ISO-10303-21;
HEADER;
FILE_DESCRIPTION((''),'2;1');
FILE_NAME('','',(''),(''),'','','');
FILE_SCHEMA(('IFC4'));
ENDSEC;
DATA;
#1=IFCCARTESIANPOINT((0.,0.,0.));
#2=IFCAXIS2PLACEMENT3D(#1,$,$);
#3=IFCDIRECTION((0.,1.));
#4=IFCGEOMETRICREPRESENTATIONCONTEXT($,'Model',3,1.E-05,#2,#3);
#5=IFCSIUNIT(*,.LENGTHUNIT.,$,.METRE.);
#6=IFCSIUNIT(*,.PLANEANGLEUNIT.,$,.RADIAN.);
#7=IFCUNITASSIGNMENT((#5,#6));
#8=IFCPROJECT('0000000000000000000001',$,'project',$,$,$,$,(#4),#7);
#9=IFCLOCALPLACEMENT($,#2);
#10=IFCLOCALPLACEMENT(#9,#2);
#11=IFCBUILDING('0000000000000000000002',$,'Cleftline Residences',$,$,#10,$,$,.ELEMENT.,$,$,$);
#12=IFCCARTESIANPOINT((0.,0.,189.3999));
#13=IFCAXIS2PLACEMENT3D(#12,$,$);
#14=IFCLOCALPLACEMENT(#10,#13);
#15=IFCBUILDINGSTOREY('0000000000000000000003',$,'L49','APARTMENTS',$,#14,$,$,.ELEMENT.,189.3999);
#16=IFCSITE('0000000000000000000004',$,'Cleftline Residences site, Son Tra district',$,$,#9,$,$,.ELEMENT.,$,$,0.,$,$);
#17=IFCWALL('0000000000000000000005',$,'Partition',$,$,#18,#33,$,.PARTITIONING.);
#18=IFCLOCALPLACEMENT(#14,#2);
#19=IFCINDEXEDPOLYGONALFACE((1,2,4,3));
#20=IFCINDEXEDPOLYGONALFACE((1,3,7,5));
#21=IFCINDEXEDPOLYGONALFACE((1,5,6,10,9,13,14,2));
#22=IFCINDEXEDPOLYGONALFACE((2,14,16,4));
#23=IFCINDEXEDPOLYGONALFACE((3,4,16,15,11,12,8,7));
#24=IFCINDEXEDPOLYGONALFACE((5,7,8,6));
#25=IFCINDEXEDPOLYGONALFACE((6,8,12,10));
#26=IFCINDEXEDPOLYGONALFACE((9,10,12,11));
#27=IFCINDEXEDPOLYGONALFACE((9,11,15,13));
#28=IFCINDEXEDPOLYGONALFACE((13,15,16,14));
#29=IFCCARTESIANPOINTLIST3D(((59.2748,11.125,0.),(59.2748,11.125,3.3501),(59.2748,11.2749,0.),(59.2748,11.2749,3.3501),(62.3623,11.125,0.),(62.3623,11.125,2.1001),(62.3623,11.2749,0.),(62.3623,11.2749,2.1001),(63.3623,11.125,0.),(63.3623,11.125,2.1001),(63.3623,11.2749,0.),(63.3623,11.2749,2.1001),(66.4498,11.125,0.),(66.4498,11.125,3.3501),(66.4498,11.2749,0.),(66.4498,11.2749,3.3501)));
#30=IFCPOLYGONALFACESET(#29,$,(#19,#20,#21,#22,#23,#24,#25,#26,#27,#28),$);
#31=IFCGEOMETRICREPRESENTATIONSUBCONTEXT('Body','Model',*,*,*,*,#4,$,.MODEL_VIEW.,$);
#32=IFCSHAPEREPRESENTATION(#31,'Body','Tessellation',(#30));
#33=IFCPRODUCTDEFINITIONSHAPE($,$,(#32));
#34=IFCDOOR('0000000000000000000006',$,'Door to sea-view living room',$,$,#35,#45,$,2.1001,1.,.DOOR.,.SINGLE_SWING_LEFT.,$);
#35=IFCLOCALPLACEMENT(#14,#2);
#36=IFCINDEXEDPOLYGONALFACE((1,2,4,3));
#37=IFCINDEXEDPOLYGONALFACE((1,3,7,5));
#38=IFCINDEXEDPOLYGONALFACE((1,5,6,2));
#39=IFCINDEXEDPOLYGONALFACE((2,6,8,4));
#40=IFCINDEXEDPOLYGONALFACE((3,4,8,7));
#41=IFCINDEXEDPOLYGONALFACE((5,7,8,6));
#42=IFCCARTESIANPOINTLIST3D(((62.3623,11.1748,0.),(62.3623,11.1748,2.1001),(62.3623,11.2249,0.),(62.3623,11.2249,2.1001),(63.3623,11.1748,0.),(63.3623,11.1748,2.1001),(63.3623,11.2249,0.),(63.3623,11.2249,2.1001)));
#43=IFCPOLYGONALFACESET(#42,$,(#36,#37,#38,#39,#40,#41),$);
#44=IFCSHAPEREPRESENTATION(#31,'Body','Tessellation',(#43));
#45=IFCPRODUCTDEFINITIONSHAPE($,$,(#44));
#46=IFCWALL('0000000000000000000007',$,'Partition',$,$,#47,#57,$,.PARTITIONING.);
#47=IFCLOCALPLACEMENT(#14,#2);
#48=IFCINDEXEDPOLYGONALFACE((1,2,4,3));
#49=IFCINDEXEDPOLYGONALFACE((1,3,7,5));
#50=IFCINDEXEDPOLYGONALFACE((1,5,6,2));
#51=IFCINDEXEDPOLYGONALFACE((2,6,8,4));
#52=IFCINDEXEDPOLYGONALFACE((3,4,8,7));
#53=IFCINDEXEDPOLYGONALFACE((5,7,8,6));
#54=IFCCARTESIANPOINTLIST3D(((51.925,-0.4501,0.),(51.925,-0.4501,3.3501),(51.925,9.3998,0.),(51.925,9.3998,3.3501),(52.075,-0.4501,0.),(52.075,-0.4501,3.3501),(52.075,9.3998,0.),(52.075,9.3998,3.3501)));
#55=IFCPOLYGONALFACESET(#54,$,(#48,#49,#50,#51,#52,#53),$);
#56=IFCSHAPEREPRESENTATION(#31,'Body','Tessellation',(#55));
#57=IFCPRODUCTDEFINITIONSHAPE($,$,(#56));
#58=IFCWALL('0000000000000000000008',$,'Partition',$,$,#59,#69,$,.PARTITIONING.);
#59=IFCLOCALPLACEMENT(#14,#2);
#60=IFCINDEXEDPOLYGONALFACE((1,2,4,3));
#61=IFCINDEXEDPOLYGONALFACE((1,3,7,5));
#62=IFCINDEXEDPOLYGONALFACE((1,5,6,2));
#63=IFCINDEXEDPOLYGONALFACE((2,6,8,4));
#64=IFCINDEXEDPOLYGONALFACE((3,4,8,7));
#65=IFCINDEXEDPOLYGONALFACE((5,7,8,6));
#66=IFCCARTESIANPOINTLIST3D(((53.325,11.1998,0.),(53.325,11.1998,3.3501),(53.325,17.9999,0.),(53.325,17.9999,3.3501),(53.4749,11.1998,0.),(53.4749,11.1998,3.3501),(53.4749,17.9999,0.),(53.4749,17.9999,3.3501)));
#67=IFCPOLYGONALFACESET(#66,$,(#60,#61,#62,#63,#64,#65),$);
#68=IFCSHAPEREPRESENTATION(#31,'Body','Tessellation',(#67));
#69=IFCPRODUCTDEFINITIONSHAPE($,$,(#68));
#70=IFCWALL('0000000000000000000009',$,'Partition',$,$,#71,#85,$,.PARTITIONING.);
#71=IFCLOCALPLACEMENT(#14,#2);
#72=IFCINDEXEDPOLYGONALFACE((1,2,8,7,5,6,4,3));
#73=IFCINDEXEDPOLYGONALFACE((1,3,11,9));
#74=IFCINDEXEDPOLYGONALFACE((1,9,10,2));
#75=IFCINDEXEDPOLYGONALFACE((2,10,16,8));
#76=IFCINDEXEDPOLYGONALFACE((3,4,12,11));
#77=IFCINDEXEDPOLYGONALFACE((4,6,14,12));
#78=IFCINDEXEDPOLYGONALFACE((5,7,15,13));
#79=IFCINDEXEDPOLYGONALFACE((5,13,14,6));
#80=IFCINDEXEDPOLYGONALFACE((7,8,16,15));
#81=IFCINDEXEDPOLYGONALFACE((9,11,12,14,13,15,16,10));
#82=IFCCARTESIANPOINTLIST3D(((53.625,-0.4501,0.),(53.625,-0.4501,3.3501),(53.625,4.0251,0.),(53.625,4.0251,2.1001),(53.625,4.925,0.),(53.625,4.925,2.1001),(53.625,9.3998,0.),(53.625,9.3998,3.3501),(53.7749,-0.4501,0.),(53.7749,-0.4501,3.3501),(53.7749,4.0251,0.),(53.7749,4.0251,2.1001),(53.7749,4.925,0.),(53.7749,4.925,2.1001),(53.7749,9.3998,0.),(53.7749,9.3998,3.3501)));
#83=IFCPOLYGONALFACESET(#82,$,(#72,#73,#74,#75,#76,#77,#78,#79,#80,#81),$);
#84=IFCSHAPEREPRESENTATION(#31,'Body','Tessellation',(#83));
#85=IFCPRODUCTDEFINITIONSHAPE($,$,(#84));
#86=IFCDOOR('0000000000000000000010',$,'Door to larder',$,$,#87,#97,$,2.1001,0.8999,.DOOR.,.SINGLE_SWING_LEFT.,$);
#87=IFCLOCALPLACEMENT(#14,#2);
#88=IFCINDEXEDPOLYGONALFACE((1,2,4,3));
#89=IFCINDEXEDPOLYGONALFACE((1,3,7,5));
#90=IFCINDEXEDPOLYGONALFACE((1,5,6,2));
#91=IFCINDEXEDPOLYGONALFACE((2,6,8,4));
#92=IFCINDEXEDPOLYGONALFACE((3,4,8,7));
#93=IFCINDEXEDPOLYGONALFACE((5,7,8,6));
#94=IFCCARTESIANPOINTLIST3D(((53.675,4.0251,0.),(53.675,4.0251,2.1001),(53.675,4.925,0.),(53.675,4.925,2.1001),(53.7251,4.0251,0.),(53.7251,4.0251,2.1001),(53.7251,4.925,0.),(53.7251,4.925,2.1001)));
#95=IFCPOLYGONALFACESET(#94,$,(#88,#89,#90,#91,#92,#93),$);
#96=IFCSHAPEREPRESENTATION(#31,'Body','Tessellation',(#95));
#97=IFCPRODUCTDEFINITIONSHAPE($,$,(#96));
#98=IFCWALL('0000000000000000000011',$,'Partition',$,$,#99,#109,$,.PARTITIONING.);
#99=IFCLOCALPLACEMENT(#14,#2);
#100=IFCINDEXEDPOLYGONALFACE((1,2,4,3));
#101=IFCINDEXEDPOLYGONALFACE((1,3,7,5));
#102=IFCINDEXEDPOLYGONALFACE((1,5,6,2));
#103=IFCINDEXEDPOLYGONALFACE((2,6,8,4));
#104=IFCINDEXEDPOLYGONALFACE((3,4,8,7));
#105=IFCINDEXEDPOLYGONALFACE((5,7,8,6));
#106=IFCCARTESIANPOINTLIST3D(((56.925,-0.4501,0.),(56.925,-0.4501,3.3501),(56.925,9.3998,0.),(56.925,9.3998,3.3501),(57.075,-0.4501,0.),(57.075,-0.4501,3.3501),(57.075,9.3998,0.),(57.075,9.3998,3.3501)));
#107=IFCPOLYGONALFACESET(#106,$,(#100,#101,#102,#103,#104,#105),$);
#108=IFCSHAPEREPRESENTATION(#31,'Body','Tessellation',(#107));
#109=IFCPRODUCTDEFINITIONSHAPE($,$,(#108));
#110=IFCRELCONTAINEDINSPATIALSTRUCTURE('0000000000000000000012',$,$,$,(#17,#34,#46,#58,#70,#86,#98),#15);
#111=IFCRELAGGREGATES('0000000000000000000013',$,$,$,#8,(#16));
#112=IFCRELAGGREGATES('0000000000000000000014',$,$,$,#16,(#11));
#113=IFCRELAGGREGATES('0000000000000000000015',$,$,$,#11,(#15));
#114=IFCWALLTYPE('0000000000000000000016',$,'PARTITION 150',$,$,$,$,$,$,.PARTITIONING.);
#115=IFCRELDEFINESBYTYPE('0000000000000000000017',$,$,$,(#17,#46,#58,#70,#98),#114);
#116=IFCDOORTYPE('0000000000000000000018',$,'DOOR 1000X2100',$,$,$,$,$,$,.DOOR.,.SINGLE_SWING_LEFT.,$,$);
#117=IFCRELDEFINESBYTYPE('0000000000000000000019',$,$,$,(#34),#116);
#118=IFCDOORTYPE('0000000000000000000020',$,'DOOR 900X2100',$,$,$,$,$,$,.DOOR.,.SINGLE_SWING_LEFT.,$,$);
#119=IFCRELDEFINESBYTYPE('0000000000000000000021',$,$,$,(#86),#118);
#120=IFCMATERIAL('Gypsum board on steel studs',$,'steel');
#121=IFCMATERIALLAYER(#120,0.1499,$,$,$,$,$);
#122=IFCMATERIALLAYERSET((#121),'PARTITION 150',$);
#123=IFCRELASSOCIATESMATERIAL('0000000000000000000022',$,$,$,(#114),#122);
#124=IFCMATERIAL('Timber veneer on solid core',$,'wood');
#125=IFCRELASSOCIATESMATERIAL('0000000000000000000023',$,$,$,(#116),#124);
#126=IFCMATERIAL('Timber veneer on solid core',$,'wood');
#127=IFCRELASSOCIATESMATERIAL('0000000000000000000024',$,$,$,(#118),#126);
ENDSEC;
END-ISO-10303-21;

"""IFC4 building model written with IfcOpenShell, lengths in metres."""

from ifc_helpers import new_model, si_unit, direction, frame, frame_2d, origin, place, context, subcontext, project, spatial, rectangle, extrude, material, layer, layer_set, type_object, element, fill, save


model = new_model("IFC4")

# Units and contexts
model_context = context("Model", 3, precision=1e-05, world=origin(), true_north=direction((0.0, 1.0)))
body_context = subcontext(model_context, "Body", "Model", "MODEL_VIEW")
ifc_project = project(units=[si_unit("LENGTHUNIT", "METRE"), si_unit("PLANEANGLEUNIT", "RADIAN")], contexts=[model_context])

# Site, building, storey
site_placement = place(None, origin())
site = spatial("IfcSite", under=ifc_project, at=site_placement, Name="Cleftline Residences site, Son Tra district", CompositionType="ELEMENT", RefElevation=0.0)
building_placement = place(site_placement, origin())
building = spatial("IfcBuilding", under=site, at=building_placement, Name="Cleftline Residences", CompositionType="ELEMENT")
storey_placement = place(building_placement, frame((0.0, 0.0, 189.3999)))
storey = spatial("IfcBuildingStorey", under=building, at=storey_placement, Name="L49", Description="APARTMENTS", CompositionType="ELEMENT", Elevation=189.3999)

# Wall, opening, door
ifc_material_1 = material(Name="Gypsum board on steel studs", Category="steel")
ifc_layer_1 = layer(ifc_material_1, 0.1499)
ifc_layer_set_1 = layer_set([ifc_layer_1], Name="PARTITION 150")
wall_type_1 = type_object("IfcWallType", Name="PARTITION 150", PredefinedType="PARTITIONING", material=ifc_layer_set_1)
wall_1_placement = place(storey_placement, frame((59.2749, 11.2, 0.0), z_axis=(0.0, 0.0, 1.0), x_axis=(1.0, 0.0, 0.0)))
wall_1 = element("IfcWall", 1, at=wall_1_placement, inside=storey, type_object=wall_type_1, Name="Partition", PredefinedType="PARTITIONING", context=body_context, shape_type="SweptSolid", body=[
    extrude(rectangle(XDim=7.175, YDim=0.1499, at=frame_2d((3.5874, 0.0))), origin(), (0.0, 0.0, 1.0), 3.3501),
])
opening_1_placement = place(wall_1_placement, frame((3.0874, 0.0, 0.0)))
opening_1 = element("IfcOpeningElement", 2, at=opening_1_placement, cuts=wall_1, PredefinedType="OPENING", context=body_context, shape_type="SweptSolid", body=[
    extrude(rectangle(XDim=1.0, YDim=2.1001, at=frame_2d((0.5, 1.05))), frame((0.0, 0.085, 0.0), z_axis=(0.0, -1.0, 0.0), x_axis=(1.0, 0.0, 0.0)), (0.0, 0.0, 1.0), 0.1699),
])
ifc_material_2 = material(Name="Timber veneer on solid core", Category="wood")
door_type_1 = type_object("IfcDoorType", Name="DOOR 1000X2100", OperationType="SINGLE_SWING_LEFT", PredefinedType="DOOR", material=ifc_material_2)
door_1_placement = place(opening_1_placement, origin())
door_1 = element("IfcDoor", 3, at=door_1_placement, inside=storey, type_object=door_type_1, Name="Door to sea-view living room", OperationType="SINGLE_SWING_LEFT", OverallHeight=2.1001, OverallWidth=1.0, PredefinedType="DOOR", context=body_context, shape_type="SweptSolid", body=[
    extrude(rectangle(XDim=1.0, YDim=2.1001, at=frame_2d((0.5, 1.05))), frame((0.0, 0.0249, 0.0), z_axis=(0.0, -1.0, 0.0), x_axis=(1.0, 0.0, 0.0)), (0.0, 0.0, 1.0), 0.05),
])
fill(opening_1, door_1)

# Walls
wall_2_placement = place(storey_placement, frame((52.0, -0.45, 0.0), z_axis=(0.0, 0.0, 1.0), x_axis=(0.0, 1.0, 0.0)))
element("IfcWall", 4, at=wall_2_placement, inside=storey, type_object=wall_type_1, Name="Partition", PredefinedType="PARTITIONING", context=body_context, shape_type="SweptSolid", body=[
    extrude(rectangle(XDim=9.8499, YDim=0.1499, at=frame_2d((4.9248, 0.0))), origin(), (0.0, 0.0, 1.0), 3.3501),
])
wall_3_placement = place(storey_placement, frame((53.3999, 11.2, 0.0), z_axis=(0.0, 0.0, 1.0), x_axis=(0.0, 1.0, 0.0)))
element("IfcWall", 5, at=wall_3_placement, inside=storey, type_object=wall_type_1, Name="Partition", PredefinedType="PARTITIONING", context=body_context, shape_type="SweptSolid", body=[
    extrude(rectangle(XDim=6.8, YDim=0.1499, at=frame_2d((3.3999, 0.0))), origin(), (0.0, 0.0, 1.0), 3.3501),
])

# Wall, opening, door
wall_4_placement = place(storey_placement, frame((53.7, -0.45, 0.0), z_axis=(0.0, 0.0, 1.0), x_axis=(0.0, 1.0, 0.0)))
wall_4 = element("IfcWall", 6, at=wall_4_placement, inside=storey, type_object=wall_type_1, Name="Partition", PredefinedType="PARTITIONING", context=body_context, shape_type="SweptSolid", body=[
    extrude(rectangle(XDim=9.8499, YDim=0.1499, at=frame_2d((4.9248, 0.0))), origin(), (0.0, 0.0, 1.0), 3.3501),
])
opening_2_placement = place(wall_4_placement, frame((4.4751, 0.0, 0.0)))
opening_2 = element("IfcOpeningElement", 7, at=opening_2_placement, cuts=wall_4, PredefinedType="OPENING", context=body_context, shape_type="SweptSolid", body=[
    extrude(rectangle(XDim=0.8999, YDim=2.1001, at=frame_2d((0.45, 1.05))), frame((0.0, 0.085, 0.0), z_axis=(0.0, -1.0, 0.0), x_axis=(1.0, 0.0, 0.0)), (0.0, 0.0, 1.0), 0.1699),
])
ifc_material_3 = material(Name="Timber veneer on solid core", Category="wood")
door_type_2 = type_object("IfcDoorType", Name="DOOR 900X2100", OperationType="SINGLE_SWING_LEFT", PredefinedType="DOOR", material=ifc_material_3)
door_2_placement = place(opening_2_placement, origin())
door_2 = element("IfcDoor", 8, at=door_2_placement, inside=storey, type_object=door_type_2, Name="Door to larder", OperationType="SINGLE_SWING_LEFT", OverallHeight=2.1001, OverallWidth=0.8999, PredefinedType="DOOR", context=body_context, shape_type="SweptSolid", body=[
    extrude(rectangle(XDim=0.8999, YDim=2.1001, at=frame_2d((0.45, 1.05))), frame((0.0, 0.0249, 0.0), z_axis=(0.0, -1.0, 0.0), x_axis=(1.0, 0.0, 0.0)), (0.0, 0.0, 1.0), 0.05),
])
fill(opening_2, door_2)

# Wall
wall_5_placement = place(storey_placement, frame((57.0, -0.45, 0.0), z_axis=(0.0, 0.0, 1.0), x_axis=(0.0, 1.0, 0.0)))
element("IfcWall", 9, at=wall_5_placement, inside=storey, type_object=wall_type_1, Name="Partition", PredefinedType="PARTITIONING", context=body_context, shape_type="SweptSolid", body=[
    extrude(rectangle(XDim=9.8499, YDim=0.1499, at=frame_2d((4.9248, 0.0))), origin(), (0.0, 0.0, 1.0), 3.3501),
])

save(model, "model.ifc")
